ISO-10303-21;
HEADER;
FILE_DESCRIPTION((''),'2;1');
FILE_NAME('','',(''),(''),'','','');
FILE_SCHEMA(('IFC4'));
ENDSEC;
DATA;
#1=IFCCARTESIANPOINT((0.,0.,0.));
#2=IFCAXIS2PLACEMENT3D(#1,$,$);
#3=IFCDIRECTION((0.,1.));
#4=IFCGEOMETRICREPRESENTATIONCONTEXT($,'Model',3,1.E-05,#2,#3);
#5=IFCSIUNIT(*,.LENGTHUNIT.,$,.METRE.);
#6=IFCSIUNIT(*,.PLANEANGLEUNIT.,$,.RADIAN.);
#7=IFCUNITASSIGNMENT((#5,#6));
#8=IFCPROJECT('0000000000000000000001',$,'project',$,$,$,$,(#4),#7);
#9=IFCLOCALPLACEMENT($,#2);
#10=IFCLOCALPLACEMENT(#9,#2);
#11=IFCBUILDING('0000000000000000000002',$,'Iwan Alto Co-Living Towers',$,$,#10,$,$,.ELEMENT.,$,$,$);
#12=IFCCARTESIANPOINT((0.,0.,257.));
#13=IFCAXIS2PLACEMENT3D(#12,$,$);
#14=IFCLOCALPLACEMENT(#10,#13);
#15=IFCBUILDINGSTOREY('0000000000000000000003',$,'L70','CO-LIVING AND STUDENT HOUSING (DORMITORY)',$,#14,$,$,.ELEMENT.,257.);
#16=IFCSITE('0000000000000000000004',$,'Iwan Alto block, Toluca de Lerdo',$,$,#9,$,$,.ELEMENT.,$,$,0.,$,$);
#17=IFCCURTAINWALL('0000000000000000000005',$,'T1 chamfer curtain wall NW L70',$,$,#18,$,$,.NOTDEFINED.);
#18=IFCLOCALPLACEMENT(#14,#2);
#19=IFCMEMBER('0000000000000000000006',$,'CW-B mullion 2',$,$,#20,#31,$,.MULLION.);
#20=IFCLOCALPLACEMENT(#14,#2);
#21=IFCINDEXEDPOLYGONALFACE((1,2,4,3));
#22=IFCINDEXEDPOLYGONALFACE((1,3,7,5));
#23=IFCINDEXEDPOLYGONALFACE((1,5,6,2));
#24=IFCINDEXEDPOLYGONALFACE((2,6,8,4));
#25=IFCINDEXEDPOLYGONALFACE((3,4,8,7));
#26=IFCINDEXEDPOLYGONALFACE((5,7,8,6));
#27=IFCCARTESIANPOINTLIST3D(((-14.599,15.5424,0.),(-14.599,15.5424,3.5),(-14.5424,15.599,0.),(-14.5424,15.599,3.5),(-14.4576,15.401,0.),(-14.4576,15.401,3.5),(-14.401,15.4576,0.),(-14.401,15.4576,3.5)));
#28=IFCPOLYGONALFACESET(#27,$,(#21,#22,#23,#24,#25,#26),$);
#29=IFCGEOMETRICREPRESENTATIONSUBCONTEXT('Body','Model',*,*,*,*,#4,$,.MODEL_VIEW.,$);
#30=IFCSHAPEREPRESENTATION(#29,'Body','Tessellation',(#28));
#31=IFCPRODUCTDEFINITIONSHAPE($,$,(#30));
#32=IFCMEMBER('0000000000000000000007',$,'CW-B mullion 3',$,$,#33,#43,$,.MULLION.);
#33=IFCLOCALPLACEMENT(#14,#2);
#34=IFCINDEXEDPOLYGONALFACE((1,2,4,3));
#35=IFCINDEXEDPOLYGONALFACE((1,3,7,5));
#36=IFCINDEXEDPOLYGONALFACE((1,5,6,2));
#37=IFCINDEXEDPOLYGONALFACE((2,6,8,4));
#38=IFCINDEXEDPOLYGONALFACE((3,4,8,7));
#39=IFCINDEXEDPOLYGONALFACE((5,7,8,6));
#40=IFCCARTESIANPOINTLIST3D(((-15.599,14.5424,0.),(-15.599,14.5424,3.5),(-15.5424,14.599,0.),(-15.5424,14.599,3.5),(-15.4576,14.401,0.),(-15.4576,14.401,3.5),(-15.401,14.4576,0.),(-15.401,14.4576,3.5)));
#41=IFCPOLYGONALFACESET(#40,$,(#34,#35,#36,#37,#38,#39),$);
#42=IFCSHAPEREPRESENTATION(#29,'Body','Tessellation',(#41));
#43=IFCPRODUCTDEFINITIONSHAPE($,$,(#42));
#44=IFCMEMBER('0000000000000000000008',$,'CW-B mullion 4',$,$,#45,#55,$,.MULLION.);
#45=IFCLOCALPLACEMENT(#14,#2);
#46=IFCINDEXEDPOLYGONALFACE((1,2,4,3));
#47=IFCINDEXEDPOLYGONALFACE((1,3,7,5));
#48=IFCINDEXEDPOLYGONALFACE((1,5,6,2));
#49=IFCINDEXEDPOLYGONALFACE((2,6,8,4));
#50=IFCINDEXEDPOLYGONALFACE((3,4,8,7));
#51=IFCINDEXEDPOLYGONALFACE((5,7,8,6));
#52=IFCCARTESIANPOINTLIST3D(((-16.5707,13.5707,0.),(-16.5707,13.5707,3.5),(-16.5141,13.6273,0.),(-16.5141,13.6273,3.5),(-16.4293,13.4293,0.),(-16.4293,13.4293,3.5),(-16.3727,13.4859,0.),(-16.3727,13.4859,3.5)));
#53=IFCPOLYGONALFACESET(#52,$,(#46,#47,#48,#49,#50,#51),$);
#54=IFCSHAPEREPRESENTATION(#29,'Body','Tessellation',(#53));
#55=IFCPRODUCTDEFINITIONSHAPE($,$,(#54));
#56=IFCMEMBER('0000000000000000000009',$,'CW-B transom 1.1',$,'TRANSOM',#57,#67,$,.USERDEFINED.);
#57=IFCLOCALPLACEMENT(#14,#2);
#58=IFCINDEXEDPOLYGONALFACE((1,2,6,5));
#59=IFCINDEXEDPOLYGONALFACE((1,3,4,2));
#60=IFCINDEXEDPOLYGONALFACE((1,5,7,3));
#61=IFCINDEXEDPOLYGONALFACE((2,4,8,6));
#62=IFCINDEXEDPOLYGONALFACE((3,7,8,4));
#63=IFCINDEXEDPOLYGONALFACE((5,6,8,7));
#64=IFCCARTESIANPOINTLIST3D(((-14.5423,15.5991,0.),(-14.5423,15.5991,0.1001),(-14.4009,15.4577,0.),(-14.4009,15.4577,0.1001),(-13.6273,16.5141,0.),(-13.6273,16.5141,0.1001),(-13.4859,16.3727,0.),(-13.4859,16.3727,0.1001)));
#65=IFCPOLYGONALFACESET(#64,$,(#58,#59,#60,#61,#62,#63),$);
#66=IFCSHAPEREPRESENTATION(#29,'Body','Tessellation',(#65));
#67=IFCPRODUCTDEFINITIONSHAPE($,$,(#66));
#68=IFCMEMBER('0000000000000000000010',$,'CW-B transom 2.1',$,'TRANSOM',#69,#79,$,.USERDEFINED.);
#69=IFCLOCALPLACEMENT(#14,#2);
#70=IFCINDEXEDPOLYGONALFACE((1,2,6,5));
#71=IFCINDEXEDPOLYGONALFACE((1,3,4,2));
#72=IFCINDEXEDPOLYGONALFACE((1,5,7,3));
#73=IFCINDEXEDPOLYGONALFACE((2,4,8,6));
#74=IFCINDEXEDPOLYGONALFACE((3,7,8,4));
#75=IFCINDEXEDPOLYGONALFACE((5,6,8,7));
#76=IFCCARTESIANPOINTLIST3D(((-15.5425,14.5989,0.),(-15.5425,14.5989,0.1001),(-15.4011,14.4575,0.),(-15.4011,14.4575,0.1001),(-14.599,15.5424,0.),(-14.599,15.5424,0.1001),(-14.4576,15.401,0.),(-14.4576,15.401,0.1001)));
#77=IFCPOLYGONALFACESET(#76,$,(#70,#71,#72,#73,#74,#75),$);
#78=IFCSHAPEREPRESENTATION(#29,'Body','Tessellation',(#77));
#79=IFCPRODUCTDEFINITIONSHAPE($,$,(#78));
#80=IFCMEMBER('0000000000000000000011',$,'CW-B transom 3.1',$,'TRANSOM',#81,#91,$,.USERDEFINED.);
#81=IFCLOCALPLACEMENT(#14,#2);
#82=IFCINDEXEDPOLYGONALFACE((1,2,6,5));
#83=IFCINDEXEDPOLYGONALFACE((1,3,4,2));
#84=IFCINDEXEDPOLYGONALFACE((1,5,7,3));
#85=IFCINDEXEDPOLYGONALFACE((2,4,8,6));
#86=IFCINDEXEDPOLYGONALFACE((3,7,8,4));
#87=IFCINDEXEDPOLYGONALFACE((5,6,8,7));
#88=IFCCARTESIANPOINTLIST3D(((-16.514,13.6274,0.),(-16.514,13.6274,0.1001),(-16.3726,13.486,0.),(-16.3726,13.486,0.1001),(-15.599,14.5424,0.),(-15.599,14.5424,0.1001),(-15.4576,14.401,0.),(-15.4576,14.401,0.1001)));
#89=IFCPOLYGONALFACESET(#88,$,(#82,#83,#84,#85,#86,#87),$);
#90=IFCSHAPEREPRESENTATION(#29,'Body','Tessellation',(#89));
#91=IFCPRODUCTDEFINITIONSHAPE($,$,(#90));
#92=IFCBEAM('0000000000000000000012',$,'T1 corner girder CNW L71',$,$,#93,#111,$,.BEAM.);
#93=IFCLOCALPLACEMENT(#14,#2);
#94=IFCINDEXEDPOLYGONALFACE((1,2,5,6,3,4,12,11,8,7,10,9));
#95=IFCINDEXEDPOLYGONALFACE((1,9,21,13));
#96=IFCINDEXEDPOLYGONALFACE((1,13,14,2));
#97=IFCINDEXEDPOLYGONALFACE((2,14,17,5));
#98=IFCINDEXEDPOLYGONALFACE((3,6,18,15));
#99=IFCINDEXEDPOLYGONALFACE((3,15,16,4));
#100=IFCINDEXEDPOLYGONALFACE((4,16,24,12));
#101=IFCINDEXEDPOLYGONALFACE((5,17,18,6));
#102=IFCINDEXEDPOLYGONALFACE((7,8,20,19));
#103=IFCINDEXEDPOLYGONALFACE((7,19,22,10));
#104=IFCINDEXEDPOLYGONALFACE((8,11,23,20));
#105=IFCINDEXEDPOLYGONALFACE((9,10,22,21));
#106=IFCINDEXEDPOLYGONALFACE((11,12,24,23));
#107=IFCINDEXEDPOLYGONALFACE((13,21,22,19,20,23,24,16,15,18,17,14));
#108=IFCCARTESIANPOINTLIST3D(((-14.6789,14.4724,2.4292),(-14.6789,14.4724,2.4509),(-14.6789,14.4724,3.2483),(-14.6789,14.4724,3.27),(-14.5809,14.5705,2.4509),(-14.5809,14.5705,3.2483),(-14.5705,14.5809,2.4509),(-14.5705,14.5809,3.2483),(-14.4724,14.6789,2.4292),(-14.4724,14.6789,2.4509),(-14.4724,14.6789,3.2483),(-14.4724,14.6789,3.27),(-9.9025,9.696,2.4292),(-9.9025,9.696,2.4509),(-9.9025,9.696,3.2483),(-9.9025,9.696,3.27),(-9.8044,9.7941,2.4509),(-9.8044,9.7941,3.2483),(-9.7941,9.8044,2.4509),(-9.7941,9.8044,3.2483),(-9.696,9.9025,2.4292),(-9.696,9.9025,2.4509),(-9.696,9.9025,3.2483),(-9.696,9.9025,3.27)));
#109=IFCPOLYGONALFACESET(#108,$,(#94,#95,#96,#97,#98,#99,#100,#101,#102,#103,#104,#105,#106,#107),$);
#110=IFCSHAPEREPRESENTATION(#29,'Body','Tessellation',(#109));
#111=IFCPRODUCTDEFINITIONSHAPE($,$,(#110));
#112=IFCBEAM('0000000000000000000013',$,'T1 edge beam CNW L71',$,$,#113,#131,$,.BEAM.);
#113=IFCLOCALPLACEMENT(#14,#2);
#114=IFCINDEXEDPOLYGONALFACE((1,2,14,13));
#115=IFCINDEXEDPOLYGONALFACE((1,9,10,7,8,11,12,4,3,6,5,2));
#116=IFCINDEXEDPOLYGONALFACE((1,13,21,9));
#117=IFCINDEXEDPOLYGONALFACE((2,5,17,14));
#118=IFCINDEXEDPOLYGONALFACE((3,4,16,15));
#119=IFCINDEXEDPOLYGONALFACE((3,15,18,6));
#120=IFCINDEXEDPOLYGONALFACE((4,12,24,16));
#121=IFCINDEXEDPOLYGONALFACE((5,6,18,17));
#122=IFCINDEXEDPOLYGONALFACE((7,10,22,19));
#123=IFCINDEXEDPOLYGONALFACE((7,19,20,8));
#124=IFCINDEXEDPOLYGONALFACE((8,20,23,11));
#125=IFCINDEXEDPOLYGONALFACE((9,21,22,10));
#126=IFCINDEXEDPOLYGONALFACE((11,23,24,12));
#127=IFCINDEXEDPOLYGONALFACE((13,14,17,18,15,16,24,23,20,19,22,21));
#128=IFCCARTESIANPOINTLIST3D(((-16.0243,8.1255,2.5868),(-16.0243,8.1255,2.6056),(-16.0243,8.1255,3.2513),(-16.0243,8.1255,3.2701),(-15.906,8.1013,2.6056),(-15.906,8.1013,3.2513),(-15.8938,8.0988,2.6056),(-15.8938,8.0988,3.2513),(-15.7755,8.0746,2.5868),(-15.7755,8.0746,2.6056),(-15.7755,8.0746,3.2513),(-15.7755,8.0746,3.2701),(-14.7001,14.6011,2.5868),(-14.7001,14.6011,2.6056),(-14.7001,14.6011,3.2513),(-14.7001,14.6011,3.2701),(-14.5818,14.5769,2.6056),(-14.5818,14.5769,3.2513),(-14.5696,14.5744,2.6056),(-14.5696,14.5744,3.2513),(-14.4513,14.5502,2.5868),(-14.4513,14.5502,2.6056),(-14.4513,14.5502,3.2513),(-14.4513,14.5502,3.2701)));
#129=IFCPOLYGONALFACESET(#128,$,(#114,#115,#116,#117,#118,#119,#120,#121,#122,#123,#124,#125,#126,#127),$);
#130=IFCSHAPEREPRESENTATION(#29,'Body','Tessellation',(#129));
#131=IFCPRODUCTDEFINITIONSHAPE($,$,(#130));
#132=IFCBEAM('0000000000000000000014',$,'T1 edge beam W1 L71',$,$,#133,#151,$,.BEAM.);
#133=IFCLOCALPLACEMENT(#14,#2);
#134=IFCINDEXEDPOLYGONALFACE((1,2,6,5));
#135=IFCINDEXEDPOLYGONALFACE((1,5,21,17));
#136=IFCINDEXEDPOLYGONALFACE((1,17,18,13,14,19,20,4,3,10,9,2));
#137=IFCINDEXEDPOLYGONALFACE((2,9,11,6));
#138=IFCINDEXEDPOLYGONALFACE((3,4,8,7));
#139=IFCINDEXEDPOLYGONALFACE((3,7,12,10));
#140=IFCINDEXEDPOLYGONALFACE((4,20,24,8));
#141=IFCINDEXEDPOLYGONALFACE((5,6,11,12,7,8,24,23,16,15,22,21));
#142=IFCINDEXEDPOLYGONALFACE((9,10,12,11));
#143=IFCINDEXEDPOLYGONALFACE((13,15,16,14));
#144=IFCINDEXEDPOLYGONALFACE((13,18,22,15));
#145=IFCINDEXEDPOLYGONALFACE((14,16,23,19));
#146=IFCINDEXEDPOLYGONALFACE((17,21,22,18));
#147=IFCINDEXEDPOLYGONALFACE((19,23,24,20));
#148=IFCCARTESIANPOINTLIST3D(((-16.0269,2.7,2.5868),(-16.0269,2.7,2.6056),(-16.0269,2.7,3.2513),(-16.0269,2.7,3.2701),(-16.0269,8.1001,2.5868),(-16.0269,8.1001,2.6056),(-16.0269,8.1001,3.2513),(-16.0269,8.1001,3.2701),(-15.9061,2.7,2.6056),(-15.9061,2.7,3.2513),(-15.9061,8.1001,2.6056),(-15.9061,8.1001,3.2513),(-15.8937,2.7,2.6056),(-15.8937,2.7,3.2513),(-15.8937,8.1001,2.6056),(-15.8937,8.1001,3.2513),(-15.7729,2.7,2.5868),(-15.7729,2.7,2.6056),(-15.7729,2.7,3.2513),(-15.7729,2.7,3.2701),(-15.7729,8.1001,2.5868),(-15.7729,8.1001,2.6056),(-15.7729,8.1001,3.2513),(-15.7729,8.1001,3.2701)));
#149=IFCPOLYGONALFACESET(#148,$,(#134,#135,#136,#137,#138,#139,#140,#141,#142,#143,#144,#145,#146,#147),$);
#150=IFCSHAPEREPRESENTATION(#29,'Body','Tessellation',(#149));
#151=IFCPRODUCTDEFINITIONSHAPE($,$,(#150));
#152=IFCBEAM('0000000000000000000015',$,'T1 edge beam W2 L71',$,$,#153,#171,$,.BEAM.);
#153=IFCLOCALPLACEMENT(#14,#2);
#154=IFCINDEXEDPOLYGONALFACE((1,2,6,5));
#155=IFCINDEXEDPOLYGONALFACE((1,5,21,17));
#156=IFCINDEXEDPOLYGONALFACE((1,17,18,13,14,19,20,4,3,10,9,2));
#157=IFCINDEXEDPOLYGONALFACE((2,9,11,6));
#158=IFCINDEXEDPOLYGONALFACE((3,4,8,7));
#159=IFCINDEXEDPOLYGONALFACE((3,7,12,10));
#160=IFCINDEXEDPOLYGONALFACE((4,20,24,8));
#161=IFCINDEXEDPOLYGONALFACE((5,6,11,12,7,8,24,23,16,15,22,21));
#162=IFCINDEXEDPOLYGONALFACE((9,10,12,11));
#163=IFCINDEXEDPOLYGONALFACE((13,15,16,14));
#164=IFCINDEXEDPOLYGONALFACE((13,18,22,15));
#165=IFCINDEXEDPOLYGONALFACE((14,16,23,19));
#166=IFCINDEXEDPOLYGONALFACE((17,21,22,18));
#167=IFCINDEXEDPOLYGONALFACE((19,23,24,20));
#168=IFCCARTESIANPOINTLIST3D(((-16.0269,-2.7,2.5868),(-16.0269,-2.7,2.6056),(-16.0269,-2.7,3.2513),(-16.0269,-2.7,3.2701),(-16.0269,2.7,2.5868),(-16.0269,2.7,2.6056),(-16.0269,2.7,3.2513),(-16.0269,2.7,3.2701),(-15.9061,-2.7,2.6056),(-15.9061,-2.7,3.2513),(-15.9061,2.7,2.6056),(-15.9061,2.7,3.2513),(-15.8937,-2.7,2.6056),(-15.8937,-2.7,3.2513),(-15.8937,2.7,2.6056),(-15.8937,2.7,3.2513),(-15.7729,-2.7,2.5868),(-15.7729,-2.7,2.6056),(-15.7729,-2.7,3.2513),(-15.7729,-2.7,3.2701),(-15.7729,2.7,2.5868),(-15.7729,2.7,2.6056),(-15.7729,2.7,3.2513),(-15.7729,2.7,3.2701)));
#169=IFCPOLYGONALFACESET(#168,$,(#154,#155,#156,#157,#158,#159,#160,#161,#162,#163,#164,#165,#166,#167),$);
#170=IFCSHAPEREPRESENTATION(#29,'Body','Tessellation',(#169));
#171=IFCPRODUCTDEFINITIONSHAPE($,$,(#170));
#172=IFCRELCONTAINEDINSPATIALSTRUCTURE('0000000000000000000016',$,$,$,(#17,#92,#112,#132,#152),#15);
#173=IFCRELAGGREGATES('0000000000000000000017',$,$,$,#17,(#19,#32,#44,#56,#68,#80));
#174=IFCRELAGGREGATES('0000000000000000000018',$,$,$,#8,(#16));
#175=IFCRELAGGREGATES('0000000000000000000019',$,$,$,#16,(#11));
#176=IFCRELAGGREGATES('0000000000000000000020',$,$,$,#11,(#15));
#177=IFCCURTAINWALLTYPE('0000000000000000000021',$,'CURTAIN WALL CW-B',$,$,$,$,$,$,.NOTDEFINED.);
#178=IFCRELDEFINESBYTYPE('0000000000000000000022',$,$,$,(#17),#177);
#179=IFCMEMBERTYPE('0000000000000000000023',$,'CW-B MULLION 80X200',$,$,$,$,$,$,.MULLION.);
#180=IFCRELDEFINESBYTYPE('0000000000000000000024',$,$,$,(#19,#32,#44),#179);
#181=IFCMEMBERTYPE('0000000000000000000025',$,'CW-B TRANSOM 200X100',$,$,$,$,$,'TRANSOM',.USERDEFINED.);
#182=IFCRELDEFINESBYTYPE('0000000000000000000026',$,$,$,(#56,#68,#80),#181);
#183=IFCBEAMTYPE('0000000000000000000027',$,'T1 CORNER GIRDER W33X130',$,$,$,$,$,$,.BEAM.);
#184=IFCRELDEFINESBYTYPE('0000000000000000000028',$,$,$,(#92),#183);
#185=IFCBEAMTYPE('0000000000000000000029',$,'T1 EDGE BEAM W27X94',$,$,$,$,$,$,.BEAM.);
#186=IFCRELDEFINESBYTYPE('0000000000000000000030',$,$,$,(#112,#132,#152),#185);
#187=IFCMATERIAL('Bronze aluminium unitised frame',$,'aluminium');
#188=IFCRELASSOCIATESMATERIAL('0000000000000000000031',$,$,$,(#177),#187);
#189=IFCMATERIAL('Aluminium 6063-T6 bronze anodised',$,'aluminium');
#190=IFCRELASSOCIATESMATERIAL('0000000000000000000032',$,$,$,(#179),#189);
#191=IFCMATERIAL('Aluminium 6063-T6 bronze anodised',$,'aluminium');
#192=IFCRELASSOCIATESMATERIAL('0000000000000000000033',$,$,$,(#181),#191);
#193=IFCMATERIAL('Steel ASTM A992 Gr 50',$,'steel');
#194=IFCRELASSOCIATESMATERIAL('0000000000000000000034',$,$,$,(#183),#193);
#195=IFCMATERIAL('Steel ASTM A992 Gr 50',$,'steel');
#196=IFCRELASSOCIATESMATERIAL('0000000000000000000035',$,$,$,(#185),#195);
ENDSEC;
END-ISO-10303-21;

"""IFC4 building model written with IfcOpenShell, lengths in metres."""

from ifc_helpers import new_model, si_unit, direction, frame, origin, origin_2d, place, context, subcontext, project, spatial, rectangle, i_section, extrude, material, material_profile, profile_set, type_object, element, aggregate, save


model = new_model("IFC4")

# Units and contexts
model_context = context("Model", 3, precision=1e-05, world=origin(), true_north=direction((0.0, 1.0)))
body_context = subcontext(model_context, "Body", "Model", "MODEL_VIEW")
ifc_project = project(units=[si_unit("LENGTHUNIT", "METRE"), si_unit("PLANEANGLEUNIT", "RADIAN")], contexts=[model_context])

# Site, building, storey
site_placement = place(None, origin())
site = spatial("IfcSite", under=ifc_project, at=site_placement, Name="Iwan Alto block, Toluca de Lerdo", CompositionType="ELEMENT", RefElevation=0.0)
building_placement = place(site_placement, origin())
building = spatial("IfcBuilding", under=site, at=building_placement, Name="Iwan Alto Co-Living Towers", CompositionType="ELEMENT")
storey_placement = place(building_placement, frame((0.0, 0.0, 257.0)))
storey = spatial("IfcBuildingStorey", under=building, at=storey_placement, Name="L70", Description="CO-LIVING AND STUDENT HOUSING (DORMITORY)", CompositionType="ELEMENT", Elevation=257.0)

# Curtain wall, members
ifc_material_1 = material(Name="Bronze aluminium unitised frame", Category="aluminium")
curtain_wall_type_1 = type_object("IfcCurtainWallType", Name="CURTAIN WALL CW-B", PredefinedType="NOTDEFINED", material=ifc_material_1)
curtain_wall_1_placement = place(storey_placement, origin())
curtain_wall_1 = element("IfcCurtainWall", 1, at=curtain_wall_1_placement, inside=storey, type_object=curtain_wall_type_1, Name="T1 chamfer curtain wall NW L70", PredefinedType="NOTDEFINED")
ifc_material_2 = material(Name="Aluminium 6063-T6 bronze anodised", Category="aluminium")
ifc_material_profile_1 = material_profile(ifc_material_2, rectangle(XDim=0.2, YDim=0.0801, at=origin_2d()), Name="AL 80X200")
ifc_profile_set_1 = profile_set([ifc_material_profile_1], Name="Aluminium 6063-T6 bronze anodised")
member_type_1 = type_object("IfcMemberType", Name="CW-B MULLION 80X200", PredefinedType="MULLION", material=ifc_profile_set_1)
member_1_placement = place(storey_placement, frame((-14.5, 15.5, 0.0), z_axis=(0.0, 0.0, 1.0), x_axis=(0.707107, -0.707107, 0.0)))
member_1 = element("IfcMember", 2, at=member_1_placement, type_object=member_type_1, Name="CW-B mullion 2", PredefinedType="MULLION", context=body_context, shape_type="SweptSolid", body=[
    extrude(rectangle(XDim=0.2, YDim=0.0801, at=origin_2d()), origin(), (0.0, 0.0, 1.0), 3.5),
])
member_2_placement = place(storey_placement, frame((-15.5, 14.5, 0.0), z_axis=(0.0, 0.0, 1.0), x_axis=(0.707107, -0.707107, 0.0)))
member_2 = element("IfcMember", 3, at=member_2_placement, type_object=member_type_1, Name="CW-B mullion 3", PredefinedType="MULLION", context=body_context, shape_type="SweptSolid", body=[
    extrude(rectangle(XDim=0.2, YDim=0.0801, at=origin_2d()), origin(), (0.0, 0.0, 1.0), 3.5),
])
member_3_placement = place(storey_placement, frame((-16.4717, 13.5283, 0.0), z_axis=(0.0, 0.0, 1.0), x_axis=(0.707107, -0.707107, 0.0)))
member_3 = element("IfcMember", 4, at=member_3_placement, type_object=member_type_1, Name="CW-B mullion 4", PredefinedType="MULLION", context=body_context, shape_type="SweptSolid", body=[
    extrude(rectangle(XDim=0.2, YDim=0.0801, at=origin_2d()), origin(), (0.0, 0.0, 1.0), 3.5),
])
ifc_material_3 = material(Name="Aluminium 6063-T6 bronze anodised", Category="aluminium")
ifc_material_profile_2 = material_profile(ifc_material_3, rectangle(XDim=0.2, YDim=0.1001, at=origin_2d()), Name="AL 200X100")
ifc_profile_set_2 = profile_set([ifc_material_profile_2], Name="Aluminium 6063-T6 bronze anodised")
member_type_2 = type_object("IfcMemberType", Name="CW-B TRANSOM 200X100", ElementType="TRANSOM", PredefinedType="USERDEFINED", material=ifc_profile_set_2)
member_4_placement = place(storey_placement, frame((-13.5566, 16.4434, 0.05), z_axis=(-0.707107, -0.707107, 0.0), x_axis=(0.707107, -0.707107, 0.0)))
member_4 = element("IfcMember", 5, at=member_4_placement, type_object=member_type_2, Name="CW-B transom 1.1", ObjectType="TRANSOM", PredefinedType="USERDEFINED", context=body_context, shape_type="SweptSolid", body=[
    extrude(rectangle(XDim=0.2, YDim=0.1001, at=origin_2d()), origin(), (0.0, 0.0, 1.0), 1.2939),
])
member_5_placement = place(storey_placement, frame((-14.5283, 15.4717, 0.05), z_axis=(-0.707107, -0.707107, 0.0), x_axis=(0.707107, -0.707107, 0.0)))
member_5 = element("IfcMember", 6, at=member_5_placement, type_object=member_type_2, Name="CW-B transom 2.1", ObjectType="TRANSOM", PredefinedType="USERDEFINED", context=body_context, shape_type="SweptSolid", body=[
    extrude(rectangle(XDim=0.2, YDim=0.1001, at=origin_2d()), origin(), (0.0, 0.0, 1.0), 1.3342),
])
member_6_placement = place(storey_placement, frame((-15.5283, 14.4717, 0.05), z_axis=(-0.707107, -0.707107, 0.0), x_axis=(0.707107, -0.707107, 0.0)))
member_6 = element("IfcMember", 7, at=member_6_placement, type_object=member_type_2, Name="CW-B transom 3.1", ObjectType="TRANSOM", PredefinedType="USERDEFINED", context=body_context, shape_type="SweptSolid", body=[
    extrude(rectangle(XDim=0.2, YDim=0.1001, at=origin_2d()), origin(), (0.0, 0.0, 1.0), 1.2939),
])

# Beams
ifc_material_4 = material(Name="Steel ASTM A992 Gr 50", Category="steel")
ifc_material_profile_3 = material_profile(ifc_material_4, i_section(OverallWidth=0.292, OverallDepth=0.8408, WebThickness=0.0146, FlangeThickness=0.0217, at=origin_2d()), Name="W33X130")
ifc_profile_set_3 = profile_set([ifc_material_profile_3], Name="Steel ASTM A992 Gr 50")
beam_type_1 = type_object("IfcBeamType", Name="T1 CORNER GIRDER W33X130", PredefinedType="BEAM", material=ifc_profile_set_3)
beam_1_placement = place(storey_placement, frame((-14.5757, 14.5757, 2.8496), z_axis=(0.707107, -0.707107, 0.0), x_axis=(0.707107, 0.707107, 0.0)))
element("IfcBeam", 8, at=beam_1_placement, inside=storey, type_object=beam_type_1, Name="T1 corner girder CNW L71", PredefinedType="BEAM", context=body_context, shape_type="SweptSolid", body=[
    extrude(i_section(OverallWidth=0.292, OverallDepth=0.8408, WebThickness=0.0146, FlangeThickness=0.0217, at=origin_2d()), origin(), (0.0, 0.0, 1.0), 6.7549),
])
ifc_material_5 = material(Name="Steel ASTM A992 Gr 50", Category="steel")
ifc_material_profile_4 = material_profile(ifc_material_5, i_section(OverallWidth=0.2539, OverallDepth=0.6833, WebThickness=0.0125, FlangeThickness=0.0188, at=origin_2d()), Name="W27X94")
ifc_profile_set_4 = profile_set([ifc_material_profile_4], Name="Steel ASTM A992 Gr 50")
beam_type_2 = type_object("IfcBeamType", Name="T1 EDGE BEAM W27X94", PredefinedType="BEAM", material=ifc_profile_set_4)
beam_2_placement = place(storey_placement, frame((-14.5757, 14.5757, 2.9285), z_axis=(-0.200348, -0.979725, 0.0), x_axis=(0.979725, -0.200348, 0.0)))
element("IfcBeam", 9, at=beam_2_placement, inside=storey, type_object=beam_type_2, Name="T1 edge beam CNW L71", PredefinedType="BEAM", context=body_context, shape_type="SweptSolid", body=[
    extrude(i_section(OverallWidth=0.2539, OverallDepth=0.6833, WebThickness=0.0125, FlangeThickness=0.0188, at=origin_2d()), origin(), (0.0, 0.0, 1.0), 6.6096),
])
beam_3_placement = place(storey_placement, frame((-15.8999, 8.1001, 2.9285), z_axis=(0.0, -1.0, 0.0), x_axis=(1.0, 0.0, 0.0)))
element("IfcBeam", 10, at=beam_3_placement, inside=storey, type_object=beam_type_2, Name="T1 edge beam W1 L71", PredefinedType="BEAM", context=body_context, shape_type="SweptSolid", body=[
    extrude(i_section(OverallWidth=0.2539, OverallDepth=0.6833, WebThickness=0.0125, FlangeThickness=0.0188, at=origin_2d()), origin(), (0.0, 0.0, 1.0), 5.4001),
])
beam_4_placement = place(storey_placement, frame((-15.8999, 2.7, 2.9285), z_axis=(0.0, -1.0, 0.0), x_axis=(1.0, 0.0, 0.0)))
element("IfcBeam", 11, at=beam_4_placement, inside=storey, type_object=beam_type_2, Name="T1 edge beam W2 L71", PredefinedType="BEAM", context=body_context, shape_type="SweptSolid", body=[
    extrude(i_section(OverallWidth=0.2539, OverallDepth=0.6833, WebThickness=0.0125, FlangeThickness=0.0188, at=origin_2d()), origin(), (0.0, 0.0, 1.0), 5.3999),
])

aggregate(curtain_wall_1, [member_1, member_2, member_3, member_4, member_5, member_6])

save(model, "model.ifc")
